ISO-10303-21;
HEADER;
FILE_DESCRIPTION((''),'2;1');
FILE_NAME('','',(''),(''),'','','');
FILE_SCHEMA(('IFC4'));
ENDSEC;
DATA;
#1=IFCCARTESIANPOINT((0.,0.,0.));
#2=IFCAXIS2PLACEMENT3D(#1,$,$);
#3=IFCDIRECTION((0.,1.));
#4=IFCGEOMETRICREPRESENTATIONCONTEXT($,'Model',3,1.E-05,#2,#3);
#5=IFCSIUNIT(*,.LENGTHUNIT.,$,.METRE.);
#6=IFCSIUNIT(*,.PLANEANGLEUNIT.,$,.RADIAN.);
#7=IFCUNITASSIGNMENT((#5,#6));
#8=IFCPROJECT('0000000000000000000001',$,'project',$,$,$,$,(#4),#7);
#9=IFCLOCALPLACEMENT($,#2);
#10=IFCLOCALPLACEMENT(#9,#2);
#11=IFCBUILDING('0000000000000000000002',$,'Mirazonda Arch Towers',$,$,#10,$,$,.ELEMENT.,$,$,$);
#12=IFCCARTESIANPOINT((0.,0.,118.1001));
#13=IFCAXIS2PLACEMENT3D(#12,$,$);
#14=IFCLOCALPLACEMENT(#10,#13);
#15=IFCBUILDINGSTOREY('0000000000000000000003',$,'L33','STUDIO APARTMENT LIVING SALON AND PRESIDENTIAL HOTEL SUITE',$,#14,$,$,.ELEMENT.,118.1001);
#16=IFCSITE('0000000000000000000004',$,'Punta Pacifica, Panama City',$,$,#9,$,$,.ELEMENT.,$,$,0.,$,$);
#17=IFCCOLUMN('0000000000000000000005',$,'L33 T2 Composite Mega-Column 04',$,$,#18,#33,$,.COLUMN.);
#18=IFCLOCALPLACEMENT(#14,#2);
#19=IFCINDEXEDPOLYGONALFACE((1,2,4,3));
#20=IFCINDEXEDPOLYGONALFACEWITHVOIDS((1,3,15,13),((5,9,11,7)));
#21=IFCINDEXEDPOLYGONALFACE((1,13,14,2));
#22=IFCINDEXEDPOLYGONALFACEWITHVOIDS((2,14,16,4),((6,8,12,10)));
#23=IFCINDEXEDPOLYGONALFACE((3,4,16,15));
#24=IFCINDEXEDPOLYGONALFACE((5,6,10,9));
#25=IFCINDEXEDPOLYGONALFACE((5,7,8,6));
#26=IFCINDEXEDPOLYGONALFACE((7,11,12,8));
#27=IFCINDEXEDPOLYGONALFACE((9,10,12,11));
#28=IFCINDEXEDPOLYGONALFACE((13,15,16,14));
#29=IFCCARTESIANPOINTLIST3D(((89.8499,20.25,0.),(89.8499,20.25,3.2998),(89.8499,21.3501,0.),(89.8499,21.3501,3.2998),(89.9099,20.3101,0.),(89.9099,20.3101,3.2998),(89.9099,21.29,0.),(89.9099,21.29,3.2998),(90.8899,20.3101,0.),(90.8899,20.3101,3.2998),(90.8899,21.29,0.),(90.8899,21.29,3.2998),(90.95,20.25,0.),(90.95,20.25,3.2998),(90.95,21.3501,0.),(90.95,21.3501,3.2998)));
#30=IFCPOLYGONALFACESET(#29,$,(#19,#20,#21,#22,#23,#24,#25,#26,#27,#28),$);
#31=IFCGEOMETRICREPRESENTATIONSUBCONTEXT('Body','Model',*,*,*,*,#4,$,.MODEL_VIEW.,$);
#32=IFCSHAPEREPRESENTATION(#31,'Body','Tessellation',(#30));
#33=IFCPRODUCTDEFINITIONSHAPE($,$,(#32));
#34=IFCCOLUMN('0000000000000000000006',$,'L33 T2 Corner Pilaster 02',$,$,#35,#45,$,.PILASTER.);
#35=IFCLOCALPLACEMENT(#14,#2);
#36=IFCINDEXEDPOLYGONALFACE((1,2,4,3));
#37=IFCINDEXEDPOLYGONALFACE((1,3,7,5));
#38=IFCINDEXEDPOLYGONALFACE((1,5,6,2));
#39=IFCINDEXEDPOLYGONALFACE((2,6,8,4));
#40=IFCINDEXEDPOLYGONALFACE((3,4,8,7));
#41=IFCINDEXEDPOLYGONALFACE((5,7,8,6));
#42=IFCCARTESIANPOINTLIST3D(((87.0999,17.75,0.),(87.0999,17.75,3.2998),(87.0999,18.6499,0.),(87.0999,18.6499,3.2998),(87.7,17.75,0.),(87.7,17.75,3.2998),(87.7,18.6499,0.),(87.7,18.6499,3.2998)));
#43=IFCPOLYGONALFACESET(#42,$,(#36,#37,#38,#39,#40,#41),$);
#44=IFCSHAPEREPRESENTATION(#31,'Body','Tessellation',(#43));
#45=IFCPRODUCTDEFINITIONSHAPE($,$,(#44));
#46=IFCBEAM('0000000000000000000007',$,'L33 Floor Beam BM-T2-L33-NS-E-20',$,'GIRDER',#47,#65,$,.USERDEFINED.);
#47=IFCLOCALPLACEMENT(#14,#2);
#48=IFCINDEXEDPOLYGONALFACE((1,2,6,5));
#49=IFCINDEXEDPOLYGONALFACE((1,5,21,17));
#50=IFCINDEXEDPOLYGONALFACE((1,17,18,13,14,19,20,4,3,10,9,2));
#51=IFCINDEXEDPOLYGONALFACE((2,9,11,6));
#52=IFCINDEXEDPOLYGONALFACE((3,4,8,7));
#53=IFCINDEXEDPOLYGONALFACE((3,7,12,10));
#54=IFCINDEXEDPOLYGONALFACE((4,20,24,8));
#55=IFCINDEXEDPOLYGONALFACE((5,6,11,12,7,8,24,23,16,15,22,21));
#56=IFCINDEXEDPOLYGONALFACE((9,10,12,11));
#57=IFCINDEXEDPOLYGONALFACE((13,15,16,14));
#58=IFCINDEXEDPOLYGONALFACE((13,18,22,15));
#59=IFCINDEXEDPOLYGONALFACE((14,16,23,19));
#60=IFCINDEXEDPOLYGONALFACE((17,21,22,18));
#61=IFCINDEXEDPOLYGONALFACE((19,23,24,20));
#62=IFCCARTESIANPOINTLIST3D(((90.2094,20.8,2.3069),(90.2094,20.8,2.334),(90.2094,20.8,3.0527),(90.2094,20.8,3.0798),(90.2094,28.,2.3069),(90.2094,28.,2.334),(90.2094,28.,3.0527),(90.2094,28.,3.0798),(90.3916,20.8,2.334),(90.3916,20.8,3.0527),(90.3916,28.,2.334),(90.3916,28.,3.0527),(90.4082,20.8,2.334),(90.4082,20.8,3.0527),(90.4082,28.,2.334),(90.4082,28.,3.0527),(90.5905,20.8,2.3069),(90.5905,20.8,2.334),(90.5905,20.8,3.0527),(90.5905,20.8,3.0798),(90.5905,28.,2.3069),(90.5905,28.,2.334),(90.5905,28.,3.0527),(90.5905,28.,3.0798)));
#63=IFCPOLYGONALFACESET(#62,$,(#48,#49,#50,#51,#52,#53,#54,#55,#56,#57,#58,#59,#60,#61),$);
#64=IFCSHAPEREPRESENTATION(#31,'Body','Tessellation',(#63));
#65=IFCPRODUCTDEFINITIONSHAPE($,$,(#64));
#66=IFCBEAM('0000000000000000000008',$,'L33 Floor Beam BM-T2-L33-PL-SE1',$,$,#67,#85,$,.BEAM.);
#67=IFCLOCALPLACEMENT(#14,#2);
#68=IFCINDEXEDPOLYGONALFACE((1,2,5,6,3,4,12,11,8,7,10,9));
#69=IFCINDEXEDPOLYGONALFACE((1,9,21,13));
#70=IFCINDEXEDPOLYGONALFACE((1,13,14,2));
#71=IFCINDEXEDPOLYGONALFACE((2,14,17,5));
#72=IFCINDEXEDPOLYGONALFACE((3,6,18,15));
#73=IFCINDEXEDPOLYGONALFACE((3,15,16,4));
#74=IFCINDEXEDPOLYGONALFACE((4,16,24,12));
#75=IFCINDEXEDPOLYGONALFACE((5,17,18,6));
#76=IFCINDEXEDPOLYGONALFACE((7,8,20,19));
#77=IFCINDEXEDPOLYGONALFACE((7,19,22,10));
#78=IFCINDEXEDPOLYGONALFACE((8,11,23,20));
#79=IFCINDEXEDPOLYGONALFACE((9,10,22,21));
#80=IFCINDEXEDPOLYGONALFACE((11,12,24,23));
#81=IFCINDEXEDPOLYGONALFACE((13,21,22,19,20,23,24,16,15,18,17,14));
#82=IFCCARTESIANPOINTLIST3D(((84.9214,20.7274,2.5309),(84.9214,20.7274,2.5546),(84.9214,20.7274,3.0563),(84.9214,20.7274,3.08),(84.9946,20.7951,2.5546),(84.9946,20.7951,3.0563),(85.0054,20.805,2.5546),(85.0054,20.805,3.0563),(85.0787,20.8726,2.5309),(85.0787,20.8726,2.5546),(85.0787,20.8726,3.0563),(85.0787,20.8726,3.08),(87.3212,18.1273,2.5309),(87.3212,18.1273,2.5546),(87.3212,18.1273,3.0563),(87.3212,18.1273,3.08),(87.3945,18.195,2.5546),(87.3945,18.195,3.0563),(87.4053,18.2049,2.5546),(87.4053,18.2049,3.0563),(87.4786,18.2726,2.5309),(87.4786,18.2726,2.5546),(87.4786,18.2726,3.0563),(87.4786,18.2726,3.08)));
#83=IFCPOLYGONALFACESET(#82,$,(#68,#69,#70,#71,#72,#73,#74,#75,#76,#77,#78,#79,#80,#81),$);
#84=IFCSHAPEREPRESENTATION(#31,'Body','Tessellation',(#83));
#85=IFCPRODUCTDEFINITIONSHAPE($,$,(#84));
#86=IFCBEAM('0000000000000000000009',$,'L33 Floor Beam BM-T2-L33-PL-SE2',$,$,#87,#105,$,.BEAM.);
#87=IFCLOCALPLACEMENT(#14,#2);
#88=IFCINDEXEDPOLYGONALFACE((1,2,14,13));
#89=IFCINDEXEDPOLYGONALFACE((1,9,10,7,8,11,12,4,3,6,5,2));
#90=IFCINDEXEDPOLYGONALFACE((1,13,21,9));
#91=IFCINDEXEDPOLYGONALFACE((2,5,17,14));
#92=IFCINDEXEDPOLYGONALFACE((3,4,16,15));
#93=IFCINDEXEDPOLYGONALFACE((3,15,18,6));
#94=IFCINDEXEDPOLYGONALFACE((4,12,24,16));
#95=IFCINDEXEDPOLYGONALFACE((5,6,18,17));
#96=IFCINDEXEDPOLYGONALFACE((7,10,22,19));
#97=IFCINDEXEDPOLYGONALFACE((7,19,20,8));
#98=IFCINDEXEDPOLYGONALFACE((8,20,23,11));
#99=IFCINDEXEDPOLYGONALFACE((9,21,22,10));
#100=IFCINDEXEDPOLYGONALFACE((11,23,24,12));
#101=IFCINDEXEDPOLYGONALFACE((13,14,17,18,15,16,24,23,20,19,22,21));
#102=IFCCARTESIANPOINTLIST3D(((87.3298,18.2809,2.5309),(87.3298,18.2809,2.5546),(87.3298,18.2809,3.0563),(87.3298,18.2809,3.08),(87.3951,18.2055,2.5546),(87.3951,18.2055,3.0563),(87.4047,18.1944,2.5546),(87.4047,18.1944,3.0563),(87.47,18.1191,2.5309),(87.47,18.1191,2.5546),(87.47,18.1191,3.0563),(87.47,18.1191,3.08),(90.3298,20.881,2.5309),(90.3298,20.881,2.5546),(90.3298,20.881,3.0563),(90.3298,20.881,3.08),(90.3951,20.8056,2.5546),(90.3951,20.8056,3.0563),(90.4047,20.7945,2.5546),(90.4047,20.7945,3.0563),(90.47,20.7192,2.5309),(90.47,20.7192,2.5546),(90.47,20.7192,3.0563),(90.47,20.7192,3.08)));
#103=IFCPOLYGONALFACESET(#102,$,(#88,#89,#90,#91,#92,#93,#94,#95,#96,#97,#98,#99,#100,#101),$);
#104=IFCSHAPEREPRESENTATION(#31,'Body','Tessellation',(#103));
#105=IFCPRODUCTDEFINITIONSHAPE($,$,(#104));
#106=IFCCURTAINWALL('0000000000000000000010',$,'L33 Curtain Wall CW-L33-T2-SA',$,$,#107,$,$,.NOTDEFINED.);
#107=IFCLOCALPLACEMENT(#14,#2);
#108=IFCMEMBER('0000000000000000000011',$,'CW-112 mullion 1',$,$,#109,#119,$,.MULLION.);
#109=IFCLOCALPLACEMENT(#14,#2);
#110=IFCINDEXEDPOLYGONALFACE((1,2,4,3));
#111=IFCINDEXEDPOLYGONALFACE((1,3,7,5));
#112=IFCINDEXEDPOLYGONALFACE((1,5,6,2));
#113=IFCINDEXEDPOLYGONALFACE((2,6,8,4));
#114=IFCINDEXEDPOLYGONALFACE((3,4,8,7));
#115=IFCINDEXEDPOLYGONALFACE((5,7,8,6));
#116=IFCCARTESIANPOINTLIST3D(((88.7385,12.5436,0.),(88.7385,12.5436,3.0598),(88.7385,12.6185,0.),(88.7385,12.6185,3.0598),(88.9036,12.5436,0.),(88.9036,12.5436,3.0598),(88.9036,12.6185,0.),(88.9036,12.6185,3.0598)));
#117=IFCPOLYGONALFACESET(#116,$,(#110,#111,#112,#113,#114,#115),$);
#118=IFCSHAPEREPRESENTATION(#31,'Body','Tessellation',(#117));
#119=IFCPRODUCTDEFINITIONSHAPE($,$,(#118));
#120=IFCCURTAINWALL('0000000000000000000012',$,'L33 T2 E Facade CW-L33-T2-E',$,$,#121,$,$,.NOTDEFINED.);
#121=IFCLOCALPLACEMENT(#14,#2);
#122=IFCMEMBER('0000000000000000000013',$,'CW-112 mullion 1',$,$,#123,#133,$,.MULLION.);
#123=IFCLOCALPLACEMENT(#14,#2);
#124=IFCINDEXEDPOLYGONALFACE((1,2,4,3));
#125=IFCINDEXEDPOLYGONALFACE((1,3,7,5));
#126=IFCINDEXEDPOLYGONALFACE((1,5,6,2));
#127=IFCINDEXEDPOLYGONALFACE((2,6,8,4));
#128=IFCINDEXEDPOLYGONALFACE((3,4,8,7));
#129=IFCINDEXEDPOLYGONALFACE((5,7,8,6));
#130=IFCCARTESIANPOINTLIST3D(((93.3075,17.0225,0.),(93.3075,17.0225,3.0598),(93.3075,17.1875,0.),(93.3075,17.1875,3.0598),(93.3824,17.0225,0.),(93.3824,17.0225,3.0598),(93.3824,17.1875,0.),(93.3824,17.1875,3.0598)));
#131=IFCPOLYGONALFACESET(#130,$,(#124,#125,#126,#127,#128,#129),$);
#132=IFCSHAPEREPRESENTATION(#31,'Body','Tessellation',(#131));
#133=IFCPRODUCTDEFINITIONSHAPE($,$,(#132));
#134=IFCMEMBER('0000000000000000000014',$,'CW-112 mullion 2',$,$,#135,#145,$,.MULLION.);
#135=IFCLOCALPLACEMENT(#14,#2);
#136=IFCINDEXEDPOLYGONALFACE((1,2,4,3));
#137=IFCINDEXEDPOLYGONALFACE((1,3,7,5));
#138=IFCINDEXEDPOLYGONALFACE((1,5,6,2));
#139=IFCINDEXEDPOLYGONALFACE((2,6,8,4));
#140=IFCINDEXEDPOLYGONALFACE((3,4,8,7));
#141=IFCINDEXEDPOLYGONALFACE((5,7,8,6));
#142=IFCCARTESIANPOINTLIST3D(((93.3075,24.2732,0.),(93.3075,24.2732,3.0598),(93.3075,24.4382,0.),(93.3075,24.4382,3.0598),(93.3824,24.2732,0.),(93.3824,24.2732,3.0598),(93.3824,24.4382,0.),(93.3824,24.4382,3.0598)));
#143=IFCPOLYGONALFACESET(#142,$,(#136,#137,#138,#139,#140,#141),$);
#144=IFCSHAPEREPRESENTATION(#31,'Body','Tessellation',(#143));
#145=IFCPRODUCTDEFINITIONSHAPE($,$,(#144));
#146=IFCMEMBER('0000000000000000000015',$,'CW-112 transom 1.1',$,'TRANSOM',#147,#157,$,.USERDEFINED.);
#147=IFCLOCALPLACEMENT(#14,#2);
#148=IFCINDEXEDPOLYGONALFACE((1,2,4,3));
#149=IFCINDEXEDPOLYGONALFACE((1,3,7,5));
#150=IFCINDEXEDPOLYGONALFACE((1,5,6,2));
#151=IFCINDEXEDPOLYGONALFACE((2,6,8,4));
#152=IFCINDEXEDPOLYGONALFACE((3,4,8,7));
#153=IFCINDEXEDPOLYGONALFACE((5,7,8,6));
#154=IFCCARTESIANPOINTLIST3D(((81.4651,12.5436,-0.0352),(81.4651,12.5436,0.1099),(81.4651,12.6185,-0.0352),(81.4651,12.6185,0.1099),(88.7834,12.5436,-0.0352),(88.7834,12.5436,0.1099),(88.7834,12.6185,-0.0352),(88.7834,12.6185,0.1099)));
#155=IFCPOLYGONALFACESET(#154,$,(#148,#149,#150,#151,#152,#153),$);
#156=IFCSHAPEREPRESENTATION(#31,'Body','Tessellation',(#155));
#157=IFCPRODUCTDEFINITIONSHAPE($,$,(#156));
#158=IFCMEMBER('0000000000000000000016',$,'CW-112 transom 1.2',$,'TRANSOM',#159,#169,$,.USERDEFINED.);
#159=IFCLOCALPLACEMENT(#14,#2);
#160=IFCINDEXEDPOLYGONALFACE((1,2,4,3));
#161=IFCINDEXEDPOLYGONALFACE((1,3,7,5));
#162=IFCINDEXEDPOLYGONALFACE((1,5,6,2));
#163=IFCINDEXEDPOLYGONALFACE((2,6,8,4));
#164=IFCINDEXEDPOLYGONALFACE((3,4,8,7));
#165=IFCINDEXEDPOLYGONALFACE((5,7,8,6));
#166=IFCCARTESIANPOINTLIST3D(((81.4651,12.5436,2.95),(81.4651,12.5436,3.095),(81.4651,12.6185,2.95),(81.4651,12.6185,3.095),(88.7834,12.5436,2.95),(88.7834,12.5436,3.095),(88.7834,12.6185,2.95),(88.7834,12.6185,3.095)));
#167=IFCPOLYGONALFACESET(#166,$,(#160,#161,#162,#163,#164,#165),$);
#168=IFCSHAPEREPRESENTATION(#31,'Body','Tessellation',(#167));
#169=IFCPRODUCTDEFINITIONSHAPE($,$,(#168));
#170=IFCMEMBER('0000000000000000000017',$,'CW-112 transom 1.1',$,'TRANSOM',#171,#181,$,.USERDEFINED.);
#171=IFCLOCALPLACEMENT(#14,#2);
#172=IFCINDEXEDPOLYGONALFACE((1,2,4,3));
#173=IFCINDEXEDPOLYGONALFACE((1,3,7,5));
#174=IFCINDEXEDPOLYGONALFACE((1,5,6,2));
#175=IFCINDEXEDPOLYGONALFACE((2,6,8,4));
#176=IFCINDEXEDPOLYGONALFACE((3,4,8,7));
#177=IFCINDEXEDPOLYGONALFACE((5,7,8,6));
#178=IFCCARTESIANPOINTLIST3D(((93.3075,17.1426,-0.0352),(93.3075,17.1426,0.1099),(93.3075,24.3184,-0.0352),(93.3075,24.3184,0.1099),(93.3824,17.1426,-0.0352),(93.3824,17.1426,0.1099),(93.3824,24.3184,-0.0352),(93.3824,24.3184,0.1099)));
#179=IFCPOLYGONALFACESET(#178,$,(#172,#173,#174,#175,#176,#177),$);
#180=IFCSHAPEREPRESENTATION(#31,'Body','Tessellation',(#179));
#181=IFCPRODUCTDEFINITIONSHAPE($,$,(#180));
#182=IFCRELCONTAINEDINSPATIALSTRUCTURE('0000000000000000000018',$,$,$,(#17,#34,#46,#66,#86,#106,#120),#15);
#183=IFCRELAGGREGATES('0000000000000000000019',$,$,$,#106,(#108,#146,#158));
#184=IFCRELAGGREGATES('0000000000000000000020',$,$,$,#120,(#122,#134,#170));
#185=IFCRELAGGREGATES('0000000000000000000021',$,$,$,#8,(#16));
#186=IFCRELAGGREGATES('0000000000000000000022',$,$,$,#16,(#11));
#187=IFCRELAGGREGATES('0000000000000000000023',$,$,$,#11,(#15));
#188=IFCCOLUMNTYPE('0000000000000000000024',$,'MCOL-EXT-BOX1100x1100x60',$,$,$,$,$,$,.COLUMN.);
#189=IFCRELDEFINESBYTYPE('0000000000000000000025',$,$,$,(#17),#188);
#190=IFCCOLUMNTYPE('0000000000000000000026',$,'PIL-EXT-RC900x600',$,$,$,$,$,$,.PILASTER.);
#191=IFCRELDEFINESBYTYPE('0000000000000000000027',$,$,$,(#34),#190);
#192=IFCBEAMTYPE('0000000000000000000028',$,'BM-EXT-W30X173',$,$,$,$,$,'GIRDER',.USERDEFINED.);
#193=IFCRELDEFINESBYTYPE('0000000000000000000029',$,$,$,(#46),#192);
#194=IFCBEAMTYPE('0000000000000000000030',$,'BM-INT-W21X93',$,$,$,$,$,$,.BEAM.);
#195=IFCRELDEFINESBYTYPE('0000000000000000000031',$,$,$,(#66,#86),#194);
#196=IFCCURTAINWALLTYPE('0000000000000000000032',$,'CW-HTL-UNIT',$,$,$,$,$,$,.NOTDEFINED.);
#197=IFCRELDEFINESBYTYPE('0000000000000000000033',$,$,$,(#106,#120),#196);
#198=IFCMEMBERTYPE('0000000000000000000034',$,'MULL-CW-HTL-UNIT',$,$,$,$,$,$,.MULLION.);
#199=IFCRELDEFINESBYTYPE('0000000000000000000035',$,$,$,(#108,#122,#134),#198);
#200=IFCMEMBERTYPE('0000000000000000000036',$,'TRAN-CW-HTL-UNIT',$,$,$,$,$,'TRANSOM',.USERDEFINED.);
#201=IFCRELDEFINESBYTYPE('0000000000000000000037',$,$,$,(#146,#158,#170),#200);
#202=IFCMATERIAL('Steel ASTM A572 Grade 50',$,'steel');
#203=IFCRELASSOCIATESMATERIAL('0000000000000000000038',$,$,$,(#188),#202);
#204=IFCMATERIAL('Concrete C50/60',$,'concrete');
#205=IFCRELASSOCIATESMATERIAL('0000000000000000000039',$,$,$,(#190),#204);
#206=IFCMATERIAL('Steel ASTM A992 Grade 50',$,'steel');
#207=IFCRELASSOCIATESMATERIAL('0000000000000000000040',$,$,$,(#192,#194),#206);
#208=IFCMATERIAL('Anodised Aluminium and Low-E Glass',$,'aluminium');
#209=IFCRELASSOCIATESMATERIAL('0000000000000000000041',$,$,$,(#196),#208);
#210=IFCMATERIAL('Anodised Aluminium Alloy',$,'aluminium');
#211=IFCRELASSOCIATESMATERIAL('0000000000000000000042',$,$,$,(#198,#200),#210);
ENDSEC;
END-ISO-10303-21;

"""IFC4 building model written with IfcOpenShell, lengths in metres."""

from ifc_helpers import new_model, si_unit, direction, frame, origin, origin_2d, place, context, subcontext, project, spatial, rectangle, hollow_rectangle, i_section, extrude, material, material_profile, profile_set, type_object, element, aggregate, save


model = new_model("IFC4")

# Units and contexts
model_context = context("Model", 3, precision=1e-05, world=origin(), true_north=direction((0.0, 1.0)))
body_context = subcontext(model_context, "Body", "Model", "MODEL_VIEW")
ifc_project = project(units=[si_unit("LENGTHUNIT", "METRE"), si_unit("PLANEANGLEUNIT", "RADIAN")], contexts=[model_context])

# Site, building, storey
site_placement = place(None, origin())
site = spatial("IfcSite", under=ifc_project, at=site_placement, Name="Punta Pacifica, Panama City", CompositionType="ELEMENT", RefElevation=0.0)
building_placement = place(site_placement, origin())
building = spatial("IfcBuilding", under=site, at=building_placement, Name="Mirazonda Arch Towers", CompositionType="ELEMENT")
storey_placement = place(building_placement, frame((0.0, 0.0, 118.1001)))
storey = spatial("IfcBuildingStorey", under=building, at=storey_placement, Name="L33", Description="STUDIO APARTMENT LIVING SALON AND PRESIDENTIAL HOTEL SUITE", CompositionType="ELEMENT", Elevation=118.1001)

# Columns
ifc_material_1 = material(Name="Steel ASTM A572 Grade 50", Category="steel")
ifc_material_profile_1 = material_profile(ifc_material_1, hollow_rectangle(XDim=1.1001, YDim=1.1001, WallThickness=0.0601, at=origin_2d()), Name="BOX1100x1100x60")
ifc_profile_set_1 = profile_set([ifc_material_profile_1], Name="Steel ASTM A572 Grade 50")
column_type_1 = type_object("IfcColumnType", Name="MCOL-EXT-BOX1100x1100x60", PredefinedType="COLUMN", material=ifc_profile_set_1)
column_1_placement = place(storey_placement, frame((90.3999, 20.8, 0.0), z_axis=(0.0, 0.0, 1.0), x_axis=(1.0, 0.0, 0.0)))
element("IfcColumn", 1, at=column_1_placement, inside=storey, type_object=column_type_1, Name="L33 T2 Composite Mega-Column 04", PredefinedType="COLUMN", context=body_context, shape_type="SweptSolid", body=[
    extrude(hollow_rectangle(XDim=1.1001, YDim=1.1001, WallThickness=0.0601, at=origin_2d()), origin(), (0.0, 0.0, 1.0), 3.2998),
])
ifc_material_2 = material(Name="Concrete C50/60", Category="concrete")
ifc_material_profile_2 = material_profile(ifc_material_2, rectangle(XDim=0.6001, YDim=0.8999, at=origin_2d()), Name="RC900x600")
ifc_profile_set_2 = profile_set([ifc_material_profile_2], Name="Concrete C50/60")
column_type_2 = type_object("IfcColumnType", Name="PIL-EXT-RC900x600", PredefinedType="PILASTER", material=ifc_profile_set_2)
column_2_placement = place(storey_placement, frame((87.3999, 18.2, 0.0), z_axis=(0.0, 0.0, 1.0), x_axis=(1.0, 0.0, 0.0)))
element("IfcColumn", 2, at=column_2_placement, inside=storey, type_object=column_type_2, Name="L33 T2 Corner Pilaster 02", PredefinedType="PILASTER", context=body_context, shape_type="SweptSolid", body=[
    extrude(rectangle(XDim=0.6001, YDim=0.8999, at=origin_2d()), origin(), (0.0, 0.0, 1.0), 3.2998),
])

# Beams
ifc_material_3 = material(Name="Steel ASTM A992 Grade 50", Category="steel")
ifc_material_profile_3 = material_profile(ifc_material_3, i_section(OverallWidth=0.3811, OverallDepth=0.7729, WebThickness=0.0166, FlangeThickness=0.0271, at=origin_2d()), Name="W30X173")
ifc_profile_set_3 = profile_set([ifc_material_profile_3], Name="Steel ASTM A992 Grade 50")
beam_type_1 = type_object("IfcBeamType", Name="BM-EXT-W30X173", ElementType="GIRDER", PredefinedType="USERDEFINED", material=ifc_profile_set_3)
beam_1_placement = place(storey_placement, frame((90.3999, 20.8, 2.6934), z_axis=(0.0, 1.0, 0.0), x_axis=(-1.0, 0.0, 0.0)))
element("IfcBeam", 3, at=beam_1_placement, inside=storey, type_object=beam_type_1, Name="L33 Floor Beam BM-T2-L33-NS-E-20", ObjectType="GIRDER", PredefinedType="USERDEFINED", context=body_context, shape_type="SweptSolid", body=[
    extrude(i_section(OverallWidth=0.3811, OverallDepth=0.7729, WebThickness=0.0166, FlangeThickness=0.0271, at=origin_2d()), origin(), (0.0, 0.0, 1.0), 7.2),
])
ifc_material_profile_4 = material_profile(ifc_material_3, i_section(OverallWidth=0.2141, OverallDepth=0.5491, WebThickness=0.0146, FlangeThickness=0.0237, at=origin_2d()), Name="W21X93")
ifc_profile_set_4 = profile_set([ifc_material_profile_4], Name="Steel ASTM A992 Grade 50")
beam_type_2 = type_object("IfcBeamType", Name="BM-INT-W21X93", PredefinedType="BEAM", material=ifc_profile_set_4)
beam_2_placement = place(storey_placement, frame((87.3999, 18.2, 2.8054), z_axis=(-0.678251, 0.73483, 0.0), x_axis=(-0.73483, -0.678251, 0.0)))
element("IfcBeam", 4, at=beam_2_placement, inside=storey, type_object=beam_type_2, Name="L33 Floor Beam BM-T2-L33-PL-SE1", PredefinedType="BEAM", context=body_context, shape_type="SweptSolid", body=[
    extrude(i_section(OverallWidth=0.2141, OverallDepth=0.5491, WebThickness=0.0146, FlangeThickness=0.0237, at=origin_2d()), origin(), (0.0, 0.0, 1.0), 3.5383),
])
beam_3_placement = place(storey_placement, frame((87.3999, 18.2, 2.8054), z_axis=(0.755677, 0.654945, 0.0), x_axis=(-0.654945, 0.755677, 0.0)))
element("IfcBeam", 5, at=beam_3_placement, inside=storey, type_object=beam_type_2, Name="L33 Floor Beam BM-T2-L33-PL-SE2", PredefinedType="BEAM", context=body_context, shape_type="SweptSolid", body=[
    extrude(i_section(OverallWidth=0.2141, OverallDepth=0.5491, WebThickness=0.0146, FlangeThickness=0.0237, at=origin_2d()), origin(), (0.0, 0.0, 1.0), 3.97),
])

# Curtain wall, member
ifc_material_4 = material(Name="Anodised Aluminium and Low-E Glass", Category="aluminium")
curtain_wall_type = type_object("IfcCurtainWallType", Name="CW-HTL-UNIT", PredefinedType="NOTDEFINED", material=ifc_material_4)
curtain_wall_1_placement = place(storey_placement, origin())
curtain_wall_1 = element("IfcCurtainWall", 6, at=curtain_wall_1_placement, inside=storey, type_object=curtain_wall_type, Name="L33 Curtain Wall CW-L33-T2-SA", PredefinedType="NOTDEFINED")
ifc_material_5 = material(Name="Anodised Aluminium Alloy", Category="aluminium")
ifc_material_profile_5 = material_profile(ifc_material_5, rectangle(XDim=0.075, YDim=0.165, at=origin_2d()), Name="ALU-MULL-75x165")
ifc_profile_set_5 = profile_set([ifc_material_profile_5], Name="Anodised Aluminium Alloy")
member_type_1 = type_object("IfcMemberType", Name="MULL-CW-HTL-UNIT", PredefinedType="MULLION", material=ifc_profile_set_5)
member_1_placement = place(storey_placement, frame((88.821, 12.5811, 0.0), z_axis=(0.0, 0.0, 1.0), x_axis=(0.0, -1.0, 0.0)))
member_1 = element("IfcMember", 7, at=member_1_placement, type_object=member_type_1, Name="CW-112 mullion 1", PredefinedType="MULLION", context=body_context, shape_type="SweptSolid", body=[
    extrude(rectangle(XDim=0.075, YDim=0.165, at=origin_2d()), origin(), (0.0, 0.0, 1.0), 3.0598),
])

# Curtain wall, members
curtain_wall_2_placement = place(storey_placement, origin())
curtain_wall_2 = element("IfcCurtainWall", 8, at=curtain_wall_2_placement, inside=storey, type_object=curtain_wall_type, Name="L33 T2 E Facade CW-L33-T2-E", PredefinedType="NOTDEFINED")
member_2_placement = place(storey_placement, frame((93.345, 17.105, 0.0), z_axis=(0.0, 0.0, 1.0), x_axis=(-1.0, 0.0, 0.0)))
member_2 = element("IfcMember", 9, at=member_2_placement, type_object=member_type_1, Name="CW-112 mullion 1", PredefinedType="MULLION", context=body_context, shape_type="SweptSolid", body=[
    extrude(rectangle(XDim=0.075, YDim=0.165, at=origin_2d()), origin(), (0.0, 0.0, 1.0), 3.0598),
])
member_3_placement = place(storey_placement, frame((93.345, 24.3557, 0.0), z_axis=(0.0, 0.0, 1.0), x_axis=(-1.0, 0.0, 0.0)))
member_3 = element("IfcMember", 10, at=member_3_placement, type_object=member_type_1, Name="CW-112 mullion 2", PredefinedType="MULLION", context=body_context, shape_type="SweptSolid", body=[
    extrude(rectangle(XDim=0.075, YDim=0.165, at=origin_2d()), origin(), (0.0, 0.0, 1.0), 3.0598),
])

# Members
ifc_material_profile_6 = material_profile(ifc_material_5, rectangle(XDim=0.075, YDim=0.145, at=origin_2d()), Name="ALU-TRAN-75x145")
ifc_profile_set_6 = profile_set([ifc_material_profile_6], Name="Anodised Aluminium Alloy")
member_type_2 = type_object("IfcMemberType", Name="TRAN-CW-HTL-UNIT", ElementType="TRANSOM", PredefinedType="USERDEFINED", material=ifc_profile_set_6)
member_4_placement = place(storey_placement, frame((88.7834, 12.5811, 0.0374), z_axis=(-1.0, 0.0, 0.0), x_axis=(0.0, -1.0, 0.0)))
member_4 = element("IfcMember", 11, at=member_4_placement, type_object=member_type_2, Name="CW-112 transom 1.1", ObjectType="TRANSOM", PredefinedType="USERDEFINED", context=body_context, shape_type="SweptSolid", body=[
    extrude(rectangle(XDim=0.075, YDim=0.145, at=origin_2d()), origin(), (0.0, 0.0, 1.0), 7.3184),
])
member_5_placement = place(storey_placement, frame((88.7834, 12.5811, 3.0225), z_axis=(-1.0, 0.0, 0.0), x_axis=(0.0, -1.0, 0.0)))
member_5 = element("IfcMember", 12, at=member_5_placement, type_object=member_type_2, Name="CW-112 transom 1.2", ObjectType="TRANSOM", PredefinedType="USERDEFINED", context=body_context, shape_type="SweptSolid", body=[
    extrude(rectangle(XDim=0.075, YDim=0.145, at=origin_2d()), origin(), (0.0, 0.0, 1.0), 7.3184),
])
member_6_placement = place(storey_placement, frame((93.345, 17.1426, 0.0374), z_axis=(0.0, 1.0, 0.0), x_axis=(-1.0, 0.0, 0.0)))
member_6 = element("IfcMember", 13, at=member_6_placement, type_object=member_type_2, Name="CW-112 transom 1.1", ObjectType="TRANSOM", PredefinedType="USERDEFINED", context=body_context, shape_type="SweptSolid", body=[
    extrude(rectangle(XDim=0.075, YDim=0.145, at=origin_2d()), origin(), (0.0, 0.0, 1.0), 7.1758),
])

aggregate(curtain_wall_1, [member_1, member_4, member_5])
aggregate(curtain_wall_2, [member_2, member_3, member_6])

save(model, "model.ifc")
